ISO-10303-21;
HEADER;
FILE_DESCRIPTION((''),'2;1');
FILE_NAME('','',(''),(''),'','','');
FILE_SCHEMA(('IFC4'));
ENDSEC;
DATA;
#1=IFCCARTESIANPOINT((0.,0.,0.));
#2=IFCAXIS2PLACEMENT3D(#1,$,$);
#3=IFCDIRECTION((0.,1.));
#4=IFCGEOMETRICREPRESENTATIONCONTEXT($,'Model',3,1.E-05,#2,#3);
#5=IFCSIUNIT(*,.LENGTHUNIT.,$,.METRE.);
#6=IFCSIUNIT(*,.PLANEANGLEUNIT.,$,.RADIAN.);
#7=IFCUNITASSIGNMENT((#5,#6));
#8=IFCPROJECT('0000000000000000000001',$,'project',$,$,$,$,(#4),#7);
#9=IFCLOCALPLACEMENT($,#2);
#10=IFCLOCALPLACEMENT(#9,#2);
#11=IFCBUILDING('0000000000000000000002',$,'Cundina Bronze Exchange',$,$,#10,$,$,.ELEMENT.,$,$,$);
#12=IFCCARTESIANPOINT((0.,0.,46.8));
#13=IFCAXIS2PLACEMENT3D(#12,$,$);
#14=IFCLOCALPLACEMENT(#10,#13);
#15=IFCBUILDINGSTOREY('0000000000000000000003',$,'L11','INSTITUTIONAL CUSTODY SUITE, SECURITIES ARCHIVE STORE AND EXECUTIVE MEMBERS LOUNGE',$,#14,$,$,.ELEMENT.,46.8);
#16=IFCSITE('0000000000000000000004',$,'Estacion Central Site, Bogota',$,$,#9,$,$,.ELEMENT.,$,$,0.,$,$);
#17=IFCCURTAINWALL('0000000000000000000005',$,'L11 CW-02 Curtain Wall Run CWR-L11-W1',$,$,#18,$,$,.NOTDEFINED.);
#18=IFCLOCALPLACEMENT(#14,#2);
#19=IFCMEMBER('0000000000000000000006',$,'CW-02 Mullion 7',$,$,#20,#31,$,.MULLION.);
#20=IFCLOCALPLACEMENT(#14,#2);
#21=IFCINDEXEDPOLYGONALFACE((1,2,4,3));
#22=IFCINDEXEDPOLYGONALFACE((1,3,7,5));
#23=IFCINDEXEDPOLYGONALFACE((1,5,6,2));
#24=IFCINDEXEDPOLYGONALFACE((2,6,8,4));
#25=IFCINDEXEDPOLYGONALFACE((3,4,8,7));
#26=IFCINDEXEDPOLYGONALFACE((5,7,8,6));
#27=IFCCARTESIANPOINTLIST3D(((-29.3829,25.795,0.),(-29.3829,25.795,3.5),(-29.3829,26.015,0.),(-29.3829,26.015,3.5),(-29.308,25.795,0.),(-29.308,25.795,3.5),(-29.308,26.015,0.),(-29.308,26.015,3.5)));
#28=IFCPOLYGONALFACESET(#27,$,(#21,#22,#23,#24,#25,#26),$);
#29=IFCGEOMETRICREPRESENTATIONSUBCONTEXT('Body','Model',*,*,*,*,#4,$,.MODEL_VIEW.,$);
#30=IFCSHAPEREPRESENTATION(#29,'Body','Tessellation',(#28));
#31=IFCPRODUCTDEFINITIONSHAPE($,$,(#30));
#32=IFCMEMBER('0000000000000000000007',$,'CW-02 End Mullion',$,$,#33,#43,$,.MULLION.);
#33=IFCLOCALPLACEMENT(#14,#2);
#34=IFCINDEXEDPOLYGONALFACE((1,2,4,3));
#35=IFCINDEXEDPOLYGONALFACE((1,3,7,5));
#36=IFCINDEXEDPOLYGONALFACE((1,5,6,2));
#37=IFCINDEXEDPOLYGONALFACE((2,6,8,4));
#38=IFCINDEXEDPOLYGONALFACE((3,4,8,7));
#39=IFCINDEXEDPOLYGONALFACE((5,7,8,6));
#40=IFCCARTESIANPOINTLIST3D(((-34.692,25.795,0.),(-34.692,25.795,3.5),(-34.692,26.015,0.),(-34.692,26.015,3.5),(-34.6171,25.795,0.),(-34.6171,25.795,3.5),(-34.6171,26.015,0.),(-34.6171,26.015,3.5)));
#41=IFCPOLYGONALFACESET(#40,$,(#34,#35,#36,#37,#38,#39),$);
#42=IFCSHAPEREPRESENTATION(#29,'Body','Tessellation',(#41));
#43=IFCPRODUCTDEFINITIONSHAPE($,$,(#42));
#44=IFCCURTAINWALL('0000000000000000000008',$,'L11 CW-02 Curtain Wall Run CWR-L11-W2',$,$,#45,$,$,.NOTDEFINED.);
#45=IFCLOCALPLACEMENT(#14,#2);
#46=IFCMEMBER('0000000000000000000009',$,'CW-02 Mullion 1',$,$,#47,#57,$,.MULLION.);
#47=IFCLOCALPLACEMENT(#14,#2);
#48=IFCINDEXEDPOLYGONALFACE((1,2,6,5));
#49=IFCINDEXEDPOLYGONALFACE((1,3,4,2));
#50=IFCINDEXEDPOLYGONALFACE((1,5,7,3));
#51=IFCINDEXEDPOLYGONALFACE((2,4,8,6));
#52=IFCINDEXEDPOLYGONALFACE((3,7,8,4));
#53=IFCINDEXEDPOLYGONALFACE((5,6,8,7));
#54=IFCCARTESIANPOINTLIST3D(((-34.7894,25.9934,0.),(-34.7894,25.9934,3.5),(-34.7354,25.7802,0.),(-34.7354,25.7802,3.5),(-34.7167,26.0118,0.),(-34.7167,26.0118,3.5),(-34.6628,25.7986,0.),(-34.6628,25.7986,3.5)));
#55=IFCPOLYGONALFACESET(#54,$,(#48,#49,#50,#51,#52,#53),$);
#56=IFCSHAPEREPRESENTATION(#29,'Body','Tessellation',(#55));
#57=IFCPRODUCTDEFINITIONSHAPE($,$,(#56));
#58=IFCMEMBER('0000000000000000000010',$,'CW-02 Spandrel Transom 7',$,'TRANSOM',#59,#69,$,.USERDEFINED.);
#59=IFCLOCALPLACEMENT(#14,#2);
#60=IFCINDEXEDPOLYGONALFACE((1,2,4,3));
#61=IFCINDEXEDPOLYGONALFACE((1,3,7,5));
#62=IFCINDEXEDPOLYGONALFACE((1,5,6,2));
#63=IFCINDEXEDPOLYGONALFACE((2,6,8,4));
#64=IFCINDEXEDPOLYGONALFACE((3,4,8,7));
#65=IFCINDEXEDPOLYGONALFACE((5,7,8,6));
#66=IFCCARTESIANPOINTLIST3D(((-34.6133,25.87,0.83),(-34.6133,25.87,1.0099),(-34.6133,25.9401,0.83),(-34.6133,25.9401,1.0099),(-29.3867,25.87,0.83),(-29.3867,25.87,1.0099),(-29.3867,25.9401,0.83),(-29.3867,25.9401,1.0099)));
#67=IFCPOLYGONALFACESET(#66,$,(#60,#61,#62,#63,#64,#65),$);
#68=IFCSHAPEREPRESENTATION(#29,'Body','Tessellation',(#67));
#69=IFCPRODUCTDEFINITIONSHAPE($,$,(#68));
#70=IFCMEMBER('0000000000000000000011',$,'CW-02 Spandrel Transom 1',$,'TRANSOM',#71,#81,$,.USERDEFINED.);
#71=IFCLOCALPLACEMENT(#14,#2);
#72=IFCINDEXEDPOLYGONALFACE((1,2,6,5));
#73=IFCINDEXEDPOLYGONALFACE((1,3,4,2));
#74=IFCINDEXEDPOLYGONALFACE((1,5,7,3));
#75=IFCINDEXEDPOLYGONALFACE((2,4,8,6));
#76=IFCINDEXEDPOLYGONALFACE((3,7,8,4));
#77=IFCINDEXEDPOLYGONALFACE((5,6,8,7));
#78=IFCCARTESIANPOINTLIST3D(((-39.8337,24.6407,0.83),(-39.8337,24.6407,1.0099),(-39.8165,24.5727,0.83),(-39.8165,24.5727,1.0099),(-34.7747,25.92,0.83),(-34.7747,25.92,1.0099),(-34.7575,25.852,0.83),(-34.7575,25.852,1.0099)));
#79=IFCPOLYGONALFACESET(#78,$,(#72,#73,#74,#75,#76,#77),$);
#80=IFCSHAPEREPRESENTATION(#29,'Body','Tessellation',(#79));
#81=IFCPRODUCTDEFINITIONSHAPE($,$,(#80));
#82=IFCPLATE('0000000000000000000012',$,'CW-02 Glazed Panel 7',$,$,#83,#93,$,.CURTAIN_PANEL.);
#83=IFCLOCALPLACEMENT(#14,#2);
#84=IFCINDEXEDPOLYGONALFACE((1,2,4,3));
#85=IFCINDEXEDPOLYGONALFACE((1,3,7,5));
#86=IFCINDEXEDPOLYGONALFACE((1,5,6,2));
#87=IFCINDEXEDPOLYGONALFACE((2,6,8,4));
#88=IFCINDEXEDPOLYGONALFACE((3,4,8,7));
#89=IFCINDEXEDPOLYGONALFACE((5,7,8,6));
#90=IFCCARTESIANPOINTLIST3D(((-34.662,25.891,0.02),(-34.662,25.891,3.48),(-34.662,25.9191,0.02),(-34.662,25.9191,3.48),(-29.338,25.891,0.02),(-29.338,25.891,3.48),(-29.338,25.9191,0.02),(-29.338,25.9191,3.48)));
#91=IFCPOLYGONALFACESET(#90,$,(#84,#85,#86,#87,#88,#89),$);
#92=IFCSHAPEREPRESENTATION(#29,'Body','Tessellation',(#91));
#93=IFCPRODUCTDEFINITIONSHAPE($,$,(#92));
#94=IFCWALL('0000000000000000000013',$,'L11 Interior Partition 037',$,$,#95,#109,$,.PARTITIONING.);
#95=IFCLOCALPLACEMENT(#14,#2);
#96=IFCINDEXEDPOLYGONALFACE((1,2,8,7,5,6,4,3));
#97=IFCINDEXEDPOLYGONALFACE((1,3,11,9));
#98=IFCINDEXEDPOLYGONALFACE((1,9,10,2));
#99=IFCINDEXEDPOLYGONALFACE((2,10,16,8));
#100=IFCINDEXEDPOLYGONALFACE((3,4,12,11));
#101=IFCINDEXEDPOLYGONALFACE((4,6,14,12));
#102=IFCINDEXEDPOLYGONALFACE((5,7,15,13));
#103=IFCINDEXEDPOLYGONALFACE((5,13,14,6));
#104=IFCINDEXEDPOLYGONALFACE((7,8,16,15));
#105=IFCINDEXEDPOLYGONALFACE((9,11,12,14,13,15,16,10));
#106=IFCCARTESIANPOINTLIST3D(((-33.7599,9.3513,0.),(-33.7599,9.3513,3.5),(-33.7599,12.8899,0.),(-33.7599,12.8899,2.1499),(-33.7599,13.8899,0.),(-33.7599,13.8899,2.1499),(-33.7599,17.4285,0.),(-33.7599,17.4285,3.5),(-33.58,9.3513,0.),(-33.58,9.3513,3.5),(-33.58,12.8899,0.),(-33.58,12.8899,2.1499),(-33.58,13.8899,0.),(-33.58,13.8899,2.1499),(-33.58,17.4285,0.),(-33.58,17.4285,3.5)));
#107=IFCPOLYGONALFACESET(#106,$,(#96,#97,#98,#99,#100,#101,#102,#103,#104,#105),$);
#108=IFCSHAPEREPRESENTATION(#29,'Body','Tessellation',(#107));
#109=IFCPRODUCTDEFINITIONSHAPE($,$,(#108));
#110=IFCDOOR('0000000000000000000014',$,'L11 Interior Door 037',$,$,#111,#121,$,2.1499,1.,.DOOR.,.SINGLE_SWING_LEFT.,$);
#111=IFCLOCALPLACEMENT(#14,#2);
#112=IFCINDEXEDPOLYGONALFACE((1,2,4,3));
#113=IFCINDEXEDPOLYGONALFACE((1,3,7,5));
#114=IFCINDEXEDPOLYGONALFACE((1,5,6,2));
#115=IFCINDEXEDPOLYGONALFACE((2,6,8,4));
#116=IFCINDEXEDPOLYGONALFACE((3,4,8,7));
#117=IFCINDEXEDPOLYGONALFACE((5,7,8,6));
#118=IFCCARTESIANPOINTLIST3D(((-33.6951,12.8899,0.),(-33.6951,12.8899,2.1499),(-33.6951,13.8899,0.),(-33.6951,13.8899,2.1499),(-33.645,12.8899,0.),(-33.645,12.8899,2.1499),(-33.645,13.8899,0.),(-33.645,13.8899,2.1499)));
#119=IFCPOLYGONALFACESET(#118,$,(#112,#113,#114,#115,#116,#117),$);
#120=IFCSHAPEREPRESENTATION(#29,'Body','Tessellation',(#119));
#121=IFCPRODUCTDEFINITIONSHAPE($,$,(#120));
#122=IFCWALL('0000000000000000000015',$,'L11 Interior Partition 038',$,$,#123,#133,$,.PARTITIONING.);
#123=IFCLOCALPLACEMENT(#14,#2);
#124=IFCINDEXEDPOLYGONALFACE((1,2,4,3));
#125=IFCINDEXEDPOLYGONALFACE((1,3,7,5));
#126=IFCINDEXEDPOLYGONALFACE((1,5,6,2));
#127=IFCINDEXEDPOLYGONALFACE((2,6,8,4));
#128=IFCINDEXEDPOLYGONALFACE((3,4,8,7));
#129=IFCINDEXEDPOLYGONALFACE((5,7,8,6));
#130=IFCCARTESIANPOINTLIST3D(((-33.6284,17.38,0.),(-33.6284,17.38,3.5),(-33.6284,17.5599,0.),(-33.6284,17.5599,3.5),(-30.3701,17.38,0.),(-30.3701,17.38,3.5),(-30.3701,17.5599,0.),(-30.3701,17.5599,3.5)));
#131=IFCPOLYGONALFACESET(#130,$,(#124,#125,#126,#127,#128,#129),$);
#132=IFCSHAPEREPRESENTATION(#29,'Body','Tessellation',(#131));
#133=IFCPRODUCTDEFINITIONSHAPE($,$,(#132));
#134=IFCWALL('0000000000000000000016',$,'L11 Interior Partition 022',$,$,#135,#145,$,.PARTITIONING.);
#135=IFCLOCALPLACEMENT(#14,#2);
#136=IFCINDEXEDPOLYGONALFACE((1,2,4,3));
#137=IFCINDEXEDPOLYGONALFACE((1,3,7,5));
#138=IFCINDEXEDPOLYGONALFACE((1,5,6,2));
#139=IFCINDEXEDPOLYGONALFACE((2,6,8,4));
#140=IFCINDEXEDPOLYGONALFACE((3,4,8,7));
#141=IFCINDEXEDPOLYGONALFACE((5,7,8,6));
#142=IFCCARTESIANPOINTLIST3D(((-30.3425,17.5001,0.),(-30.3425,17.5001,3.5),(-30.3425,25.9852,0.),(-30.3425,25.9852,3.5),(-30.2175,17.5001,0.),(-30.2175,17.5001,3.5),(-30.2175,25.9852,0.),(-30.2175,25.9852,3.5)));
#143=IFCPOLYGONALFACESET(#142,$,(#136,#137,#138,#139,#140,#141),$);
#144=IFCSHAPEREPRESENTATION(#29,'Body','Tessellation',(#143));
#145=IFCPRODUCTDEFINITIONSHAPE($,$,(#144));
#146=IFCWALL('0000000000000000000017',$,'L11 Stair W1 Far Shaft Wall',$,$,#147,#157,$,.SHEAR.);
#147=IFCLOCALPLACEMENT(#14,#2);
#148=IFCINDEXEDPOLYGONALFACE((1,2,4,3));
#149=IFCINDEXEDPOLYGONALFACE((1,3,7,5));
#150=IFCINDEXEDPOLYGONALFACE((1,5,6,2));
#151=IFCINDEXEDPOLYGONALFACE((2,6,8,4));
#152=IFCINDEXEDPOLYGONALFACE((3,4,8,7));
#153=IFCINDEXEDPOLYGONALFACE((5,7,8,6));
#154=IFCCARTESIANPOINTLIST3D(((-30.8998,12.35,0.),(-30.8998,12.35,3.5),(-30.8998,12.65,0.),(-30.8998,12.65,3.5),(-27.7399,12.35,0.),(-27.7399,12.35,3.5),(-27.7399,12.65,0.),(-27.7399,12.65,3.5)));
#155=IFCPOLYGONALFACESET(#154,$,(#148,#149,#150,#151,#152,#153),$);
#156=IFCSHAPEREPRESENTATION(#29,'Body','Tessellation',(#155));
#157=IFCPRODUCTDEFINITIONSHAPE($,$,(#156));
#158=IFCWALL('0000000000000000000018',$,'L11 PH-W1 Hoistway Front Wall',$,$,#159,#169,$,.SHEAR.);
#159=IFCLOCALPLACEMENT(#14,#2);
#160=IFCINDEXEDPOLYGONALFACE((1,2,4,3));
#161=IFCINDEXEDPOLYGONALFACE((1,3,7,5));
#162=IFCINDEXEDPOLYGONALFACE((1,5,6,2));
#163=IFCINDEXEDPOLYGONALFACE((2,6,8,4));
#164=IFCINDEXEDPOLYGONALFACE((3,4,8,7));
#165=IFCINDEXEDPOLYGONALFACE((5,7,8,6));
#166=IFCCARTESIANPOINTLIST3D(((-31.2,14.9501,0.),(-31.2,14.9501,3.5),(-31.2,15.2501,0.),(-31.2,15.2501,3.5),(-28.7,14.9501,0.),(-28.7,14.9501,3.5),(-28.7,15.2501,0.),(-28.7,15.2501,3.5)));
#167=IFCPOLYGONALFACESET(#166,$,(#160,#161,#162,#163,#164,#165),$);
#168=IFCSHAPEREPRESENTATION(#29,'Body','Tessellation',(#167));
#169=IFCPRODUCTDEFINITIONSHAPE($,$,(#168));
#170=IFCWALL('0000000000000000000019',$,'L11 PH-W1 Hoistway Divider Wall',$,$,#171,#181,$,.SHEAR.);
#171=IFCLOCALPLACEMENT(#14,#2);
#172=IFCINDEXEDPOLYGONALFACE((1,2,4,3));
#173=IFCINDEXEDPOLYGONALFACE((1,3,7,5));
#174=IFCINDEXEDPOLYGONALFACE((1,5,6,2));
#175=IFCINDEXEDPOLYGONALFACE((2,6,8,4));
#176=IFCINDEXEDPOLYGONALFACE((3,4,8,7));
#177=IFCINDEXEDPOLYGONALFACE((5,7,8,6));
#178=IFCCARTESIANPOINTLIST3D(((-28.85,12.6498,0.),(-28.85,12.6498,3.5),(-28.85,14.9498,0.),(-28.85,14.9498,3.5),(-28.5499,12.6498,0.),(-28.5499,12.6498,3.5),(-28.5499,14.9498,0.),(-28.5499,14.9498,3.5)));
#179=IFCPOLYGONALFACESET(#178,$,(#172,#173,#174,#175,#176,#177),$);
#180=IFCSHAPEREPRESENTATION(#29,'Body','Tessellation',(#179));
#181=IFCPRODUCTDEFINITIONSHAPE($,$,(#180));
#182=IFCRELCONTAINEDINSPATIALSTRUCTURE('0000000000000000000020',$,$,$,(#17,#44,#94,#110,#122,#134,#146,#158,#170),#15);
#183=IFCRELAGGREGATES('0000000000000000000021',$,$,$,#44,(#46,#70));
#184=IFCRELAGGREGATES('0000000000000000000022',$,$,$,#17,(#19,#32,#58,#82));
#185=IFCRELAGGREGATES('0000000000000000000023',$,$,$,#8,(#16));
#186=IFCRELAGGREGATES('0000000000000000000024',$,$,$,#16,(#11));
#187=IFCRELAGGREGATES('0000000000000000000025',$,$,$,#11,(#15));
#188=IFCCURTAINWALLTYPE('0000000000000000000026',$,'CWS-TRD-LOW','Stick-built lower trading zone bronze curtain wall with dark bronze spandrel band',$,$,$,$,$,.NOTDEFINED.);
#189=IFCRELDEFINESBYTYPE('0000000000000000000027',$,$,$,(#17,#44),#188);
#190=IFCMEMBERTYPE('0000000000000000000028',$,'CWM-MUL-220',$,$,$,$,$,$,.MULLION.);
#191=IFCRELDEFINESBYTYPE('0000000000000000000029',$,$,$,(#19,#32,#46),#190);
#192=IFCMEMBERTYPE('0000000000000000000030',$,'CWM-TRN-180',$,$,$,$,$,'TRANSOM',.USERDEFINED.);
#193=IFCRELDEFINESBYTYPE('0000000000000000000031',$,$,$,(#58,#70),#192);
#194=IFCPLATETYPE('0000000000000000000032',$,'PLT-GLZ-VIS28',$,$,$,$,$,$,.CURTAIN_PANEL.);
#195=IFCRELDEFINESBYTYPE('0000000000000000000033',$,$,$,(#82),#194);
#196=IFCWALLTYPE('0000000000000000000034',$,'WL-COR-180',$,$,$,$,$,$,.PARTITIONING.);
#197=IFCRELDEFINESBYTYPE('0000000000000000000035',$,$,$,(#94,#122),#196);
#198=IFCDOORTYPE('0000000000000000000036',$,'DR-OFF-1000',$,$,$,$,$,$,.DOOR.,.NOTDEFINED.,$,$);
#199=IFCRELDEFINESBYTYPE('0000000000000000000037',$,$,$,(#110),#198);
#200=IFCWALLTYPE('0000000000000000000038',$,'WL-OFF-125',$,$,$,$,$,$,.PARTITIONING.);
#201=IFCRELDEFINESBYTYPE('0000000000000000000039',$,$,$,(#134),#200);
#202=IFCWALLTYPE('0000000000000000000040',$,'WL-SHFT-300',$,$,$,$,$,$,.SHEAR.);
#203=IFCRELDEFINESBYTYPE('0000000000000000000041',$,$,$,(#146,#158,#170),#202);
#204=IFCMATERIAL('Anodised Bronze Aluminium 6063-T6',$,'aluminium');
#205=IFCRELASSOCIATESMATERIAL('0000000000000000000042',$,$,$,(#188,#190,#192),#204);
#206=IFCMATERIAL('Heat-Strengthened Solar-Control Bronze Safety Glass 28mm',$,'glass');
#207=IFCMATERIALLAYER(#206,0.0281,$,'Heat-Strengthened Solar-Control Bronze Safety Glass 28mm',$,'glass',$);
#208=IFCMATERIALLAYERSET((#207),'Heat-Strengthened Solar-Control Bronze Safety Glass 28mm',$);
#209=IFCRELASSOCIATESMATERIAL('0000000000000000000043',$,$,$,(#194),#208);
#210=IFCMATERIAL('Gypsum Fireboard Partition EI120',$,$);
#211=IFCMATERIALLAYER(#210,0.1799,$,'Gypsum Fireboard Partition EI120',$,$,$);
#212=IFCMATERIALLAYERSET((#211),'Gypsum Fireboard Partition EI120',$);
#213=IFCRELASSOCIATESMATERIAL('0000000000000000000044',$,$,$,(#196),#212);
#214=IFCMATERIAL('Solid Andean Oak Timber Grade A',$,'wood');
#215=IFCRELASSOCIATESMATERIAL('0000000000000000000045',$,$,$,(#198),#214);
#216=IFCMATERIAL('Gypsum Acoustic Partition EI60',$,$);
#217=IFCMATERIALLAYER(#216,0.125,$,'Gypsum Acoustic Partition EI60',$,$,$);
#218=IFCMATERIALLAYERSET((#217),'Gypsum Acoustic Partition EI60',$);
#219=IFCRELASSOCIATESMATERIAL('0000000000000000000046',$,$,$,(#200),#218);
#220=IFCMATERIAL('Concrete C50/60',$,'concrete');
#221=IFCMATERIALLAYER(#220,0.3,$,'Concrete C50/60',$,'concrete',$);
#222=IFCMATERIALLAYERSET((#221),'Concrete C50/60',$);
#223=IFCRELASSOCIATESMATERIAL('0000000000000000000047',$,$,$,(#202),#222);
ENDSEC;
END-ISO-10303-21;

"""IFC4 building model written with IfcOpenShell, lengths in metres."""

from ifc_helpers import new_model, si_unit, direction, frame, frame_2d, origin, origin_2d, place, context, subcontext, project, spatial, rectangle, extrude, material, layer, layer_set, material_profile, profile_set, type_object, element, fill, aggregate, save


model = new_model("IFC4")

# Units and contexts
model_context = context("Model", 3, precision=1e-05, world=origin(), true_north=direction((0.0, 1.0)))
body_context = subcontext(model_context, "Body", "Model", "MODEL_VIEW")
ifc_project = project(units=[si_unit("LENGTHUNIT", "METRE"), si_unit("PLANEANGLEUNIT", "RADIAN")], contexts=[model_context])

# Site, building, storey
site_placement = place(None, origin())
site = spatial("IfcSite", under=ifc_project, at=site_placement, Name="Estacion Central Site, Bogota", CompositionType="ELEMENT", RefElevation=0.0)
building_placement = place(site_placement, origin())
building = spatial("IfcBuilding", under=site, at=building_placement, Name="Cundina Bronze Exchange", CompositionType="ELEMENT")
storey_placement = place(building_placement, frame((0.0, 0.0, 46.8)))
storey = spatial("IfcBuildingStorey", under=building, at=storey_placement, Name="L11", Description="INSTITUTIONAL CUSTODY SUITE, SECURITIES ARCHIVE STORE AND EXECUTIVE MEMBERS LOUNGE", CompositionType="ELEMENT", Elevation=46.8)

# Curtain wall, members
ifc_material_1 = material(Name="Anodised Bronze Aluminium 6063-T6", Category="aluminium")
curtain_wall_type = type_object("IfcCurtainWallType", Name="CWS-TRD-LOW", Description="Stick-built lower trading zone bronze curtain wall with dark bronze spandrel band", PredefinedType="NOTDEFINED", material=ifc_material_1)
curtain_wall_1_placement = place(storey_placement, origin())
curtain_wall_1 = element("IfcCurtainWall", 1, at=curtain_wall_1_placement, inside=storey, type_object=curtain_wall_type, Name="L11 CW-02 Curtain Wall Run CWR-L11-W1", PredefinedType="NOTDEFINED")
ifc_material_profile_1 = material_profile(ifc_material_1, rectangle(XDim=0.075, YDim=0.22, at=origin_2d()), Name="AL75X220", Category="aluminium")
ifc_profile_set_1 = profile_set([ifc_material_profile_1], Name="Anodised Bronze Aluminium 6063-T6")
member_type_1 = type_object("IfcMemberType", Name="CWM-MUL-220", PredefinedType="MULLION", material=ifc_profile_set_1)
member_1_placement = place(storey_placement, frame((-29.3455, 25.905, 0.0), z_axis=(0.0, 0.0, 1.0), x_axis=(-1.0, 0.0, 0.0)))
member_1 = element("IfcMember", 2, at=member_1_placement, type_object=member_type_1, Name="CW-02 Mullion 7", PredefinedType="MULLION", context=body_context, shape_type="SweptSolid", body=[
    extrude(rectangle(XDim=0.075, YDim=0.22, at=origin_2d()), origin(), (0.0, 0.0, 1.0), 3.5),
])
member_2_placement = place(storey_placement, frame((-34.6545, 25.905, 0.0), z_axis=(0.0, 0.0, 1.0), x_axis=(-1.0, 0.0, 0.0)))
member_2 = element("IfcMember", 3, at=member_2_placement, type_object=member_type_1, Name="CW-02 End Mullion", PredefinedType="MULLION", context=body_context, shape_type="SweptSolid", body=[
    extrude(rectangle(XDim=0.075, YDim=0.22, at=origin_2d()), origin(), (0.0, 0.0, 1.0), 3.5),
])

# Curtain wall, member
curtain_wall_2_placement = place(storey_placement, origin())
curtain_wall_2 = element("IfcCurtainWall", 4, at=curtain_wall_2_placement, inside=storey, type_object=curtain_wall_type, Name="L11 CW-02 Curtain Wall Run CWR-L11-W2", PredefinedType="NOTDEFINED")
member_3_placement = place(storey_placement, frame((-34.7261, 25.896, 0.0), z_axis=(0.0, 0.0, 1.0), x_axis=(-0.969488, -0.245138, 0.0)))
member_3 = element("IfcMember", 5, at=member_3_placement, type_object=member_type_1, Name="CW-02 Mullion 1", PredefinedType="MULLION", context=body_context, shape_type="SweptSolid", body=[
    extrude(rectangle(XDim=0.075, YDim=0.22, at=origin_2d()), origin(), (0.0, 0.0, 1.0), 3.5),
])

# Members
ifc_material_profile_2 = material_profile(ifc_material_1, rectangle(XDim=0.0701, YDim=0.1799, at=origin_2d()), Name="AL70X180", Category="aluminium")
ifc_profile_set_2 = profile_set([ifc_material_profile_2], Name="Anodised Bronze Aluminium 6063-T6")
member_type_2 = type_object("IfcMemberType", Name="CWM-TRN-180", ElementType="TRANSOM", PredefinedType="USERDEFINED", material=ifc_profile_set_2)
member_4_placement = place(storey_placement, frame((-29.3867, 25.905, 0.9199), z_axis=(-1.0, 0.0, 0.0), x_axis=(0.0, -1.0, 0.0)))
member_4 = element("IfcMember", 6, at=member_4_placement, type_object=member_type_2, Name="CW-02 Spandrel Transom 7", ObjectType="TRANSOM", PredefinedType="USERDEFINED", context=body_context, shape_type="SweptSolid", body=[
    extrude(rectangle(XDim=0.0701, YDim=0.1799, at=origin_2d()), origin(), (0.0, 0.0, 1.0), 5.2266),
])
member_5_placement = place(storey_placement, frame((-34.7661, 25.886, 0.9199), z_axis=(-0.969484, -0.245155, 0.0), x_axis=(0.245155, -0.969484, 0.0)))
member_5 = element("IfcMember", 7, at=member_5_placement, type_object=member_type_2, Name="CW-02 Spandrel Transom 1", ObjectType="TRANSOM", PredefinedType="USERDEFINED", context=body_context, shape_type="SweptSolid", body=[
    extrude(rectangle(XDim=0.0701, YDim=0.1799, at=origin_2d()), origin(), (0.0, 0.0, 1.0), 5.2183),
])
aggregate(curtain_wall_2, [member_3, member_5])

# Plate
ifc_material_2 = material(Name="Heat-Strengthened Solar-Control Bronze Safety Glass 28mm", Category="glass")
ifc_layer_1 = layer(ifc_material_2, 0.0281, Name="Heat-Strengthened Solar-Control Bronze Safety Glass 28mm", Category="glass")
ifc_layer_set_1 = layer_set([ifc_layer_1], Name="Heat-Strengthened Solar-Control Bronze Safety Glass 28mm")
plate_type = type_object("IfcPlateType", Name="PLT-GLZ-VIS28", PredefinedType="CURTAIN_PANEL", material=ifc_layer_set_1)
plate_placement = place(storey_placement, frame((-32.0, 25.905, 0.02), z_axis=(0.0, 0.0, 1.0), x_axis=(-1.0, 0.0, 0.0)))
plate = element("IfcPlate", 8, at=plate_placement, type_object=plate_type, Name="CW-02 Glazed Panel 7", PredefinedType="CURTAIN_PANEL", context=body_context, shape_type="SweptSolid", body=[
    extrude(rectangle(XDim=5.324, YDim=0.0281, at=origin_2d()), origin(), (0.0, 0.0, 1.0), 3.46),
])
aggregate(curtain_wall_1, [member_1, member_2, member_4, plate])

# Wall, opening, door
ifc_material_3 = material(Name="Gypsum Fireboard Partition EI120")
ifc_layer_2 = layer(ifc_material_3, 0.1799, Name="Gypsum Fireboard Partition EI120")
ifc_layer_set_2 = layer_set([ifc_layer_2], Name="Gypsum Fireboard Partition EI120")
wall_type_1 = type_object("IfcWallType", Name="WL-COR-180", PredefinedType="PARTITIONING", material=ifc_layer_set_2)
ifc_material_4 = material(Name="Solid Andean Oak Timber Grade A", Category="wood")
door_type_1 = type_object("IfcDoorType", Name="DR-OFF-1000", OperationType="NOTDEFINED", PredefinedType="DOOR", material=ifc_material_4)
wall_1_placement = place(storey_placement, frame((-33.6699, 17.4285, 0.0), z_axis=(0.0, 0.0, 1.0), x_axis=(0.0, -1.0, 0.0)))
wall_1 = element("IfcWall", 9, at=wall_1_placement, inside=storey, type_object=wall_type_1, Name="L11 Interior Partition 037", PredefinedType="PARTITIONING", context=body_context, shape_type="SweptSolid", body=[
    extrude(rectangle(XDim=8.0771, YDim=0.1799, at=frame_2d((4.0386, 0.0))), origin(), (0.0, 0.0, 1.0), 3.5),
])
opening_1_placement = place(wall_1_placement, frame((3.5386, 0.0, 0.0)))
opening_1 = element("IfcOpeningElement", 10, at=opening_1_placement, cuts=wall_1, PredefinedType="OPENING", context=body_context, shape_type="SweptSolid", body=[
    extrude(rectangle(XDim=1.0, YDim=2.1499, at=frame_2d((0.5, 1.075))), frame((0.0, 0.0999, 0.0), z_axis=(0.0, -1.0, 0.0), x_axis=(1.0, 0.0, 0.0)), (0.0, 0.0, 1.0), 0.2),
])
door_1_placement = place(opening_1_placement, origin())
door_1 = element("IfcDoor", 11, at=door_1_placement, inside=storey, type_object=door_type_1, Name="L11 Interior Door 037", OperationType="SINGLE_SWING_LEFT", OverallHeight=2.1499, OverallWidth=1.0, PredefinedType="DOOR", context=body_context, shape_type="SweptSolid", body=[
    extrude(rectangle(XDim=1.0, YDim=2.1499, at=frame_2d((0.5, 1.075))), frame((0.0, 0.0249, 0.0), z_axis=(0.0, -1.0, 0.0), x_axis=(1.0, 0.0, 0.0)), (0.0, 0.0, 1.0), 0.05),
])
fill(opening_1, door_1)

# Walls
wall_2_placement = place(storey_placement, frame((-30.3701, 17.47, 0.0), z_axis=(0.0, 0.0, 1.0), x_axis=(-1.0, 0.0, 0.0)))
element("IfcWall", 12, at=wall_2_placement, inside=storey, type_object=wall_type_1, Name="L11 Interior Partition 038", PredefinedType="PARTITIONING", context=body_context, shape_type="SweptSolid", body=[
    extrude(rectangle(XDim=3.2583, YDim=0.1799, at=frame_2d((1.6292, 0.0))), origin(), (0.0, 0.0, 1.0), 3.5),
])
ifc_material_5 = material(Name="Gypsum Acoustic Partition EI60")
ifc_layer_3 = layer(ifc_material_5, 0.125, Name="Gypsum Acoustic Partition EI60")
ifc_layer_set_3 = layer_set([ifc_layer_3], Name="Gypsum Acoustic Partition EI60")
wall_type_2 = type_object("IfcWallType", Name="WL-OFF-125", PredefinedType="PARTITIONING", material=ifc_layer_set_3)
wall_3_placement = place(storey_placement, frame((-30.28, 17.5, 0.0), z_axis=(0.0, 0.0, 1.0), x_axis=(0.0, 1.0, 0.0)))
element("IfcWall", 13, at=wall_3_placement, inside=storey, type_object=wall_type_2, Name="L11 Interior Partition 022", PredefinedType="PARTITIONING", context=body_context, shape_type="SweptSolid", body=[
    extrude(rectangle(XDim=8.4851, YDim=0.125, at=frame_2d((4.2427, 0.0))), origin(), (0.0, 0.0, 1.0), 3.5),
])

# Shared definitions
ifc_material_6 = material(Name="Concrete C50/60", Category="concrete")
ifc_layer_4 = layer(ifc_material_6, 0.3, Name="Concrete C50/60", Category="concrete")
ifc_layer_set_4 = layer_set([ifc_layer_4], Name="Concrete C50/60")
wall_type_3 = type_object("IfcWallType", Name="WL-SHFT-300", PredefinedType="SHEAR", material=ifc_layer_set_4)

# Walls
wall_4_placement = place(storey_placement, frame((-30.8999, 12.5, 0.0), z_axis=(0.0, 0.0, 1.0), x_axis=(1.0, 0.0, 0.0)))
element("IfcWall", 14, at=wall_4_placement, inside=storey, type_object=wall_type_3, Name="L11 Stair W1 Far Shaft Wall", PredefinedType="SHEAR", context=body_context, shape_type="SweptSolid", body=[
    extrude(rectangle(XDim=3.1599, YDim=0.3, at=frame_2d((1.5801, 0.0))), origin(), (0.0, 0.0, 1.0), 3.5),
])
wall_5_placement = place(storey_placement, frame((-31.2, 15.1001, 0.0), z_axis=(0.0, 0.0, 1.0), x_axis=(1.0, 0.0, 0.0)))
element("IfcWall", 15, at=wall_5_placement, inside=storey, type_object=wall_type_3, Name="L11 PH-W1 Hoistway Front Wall", PredefinedType="SHEAR", context=body_context, shape_type="SweptSolid", body=[
    extrude(rectangle(XDim=2.5, YDim=0.3, at=frame_2d((1.25, 0.0))), origin(), (0.0, 0.0, 1.0), 3.5),
])
wall_6_placement = place(storey_placement, frame((-28.7, 12.6499, 0.0), z_axis=(0.0, 0.0, 1.0), x_axis=(0.0, 1.0, 0.0)))
element("IfcWall", 16, at=wall_6_placement, inside=storey, type_object=wall_type_3, Name="L11 PH-W1 Hoistway Divider Wall", PredefinedType="SHEAR", context=body_context, shape_type="SweptSolid", body=[
    extrude(rectangle(XDim=2.3, YDim=0.3, at=frame_2d((1.1499, 0.0))), origin(), (0.0, 0.0, 1.0), 3.5),
])

save(model, "model.ifc")
